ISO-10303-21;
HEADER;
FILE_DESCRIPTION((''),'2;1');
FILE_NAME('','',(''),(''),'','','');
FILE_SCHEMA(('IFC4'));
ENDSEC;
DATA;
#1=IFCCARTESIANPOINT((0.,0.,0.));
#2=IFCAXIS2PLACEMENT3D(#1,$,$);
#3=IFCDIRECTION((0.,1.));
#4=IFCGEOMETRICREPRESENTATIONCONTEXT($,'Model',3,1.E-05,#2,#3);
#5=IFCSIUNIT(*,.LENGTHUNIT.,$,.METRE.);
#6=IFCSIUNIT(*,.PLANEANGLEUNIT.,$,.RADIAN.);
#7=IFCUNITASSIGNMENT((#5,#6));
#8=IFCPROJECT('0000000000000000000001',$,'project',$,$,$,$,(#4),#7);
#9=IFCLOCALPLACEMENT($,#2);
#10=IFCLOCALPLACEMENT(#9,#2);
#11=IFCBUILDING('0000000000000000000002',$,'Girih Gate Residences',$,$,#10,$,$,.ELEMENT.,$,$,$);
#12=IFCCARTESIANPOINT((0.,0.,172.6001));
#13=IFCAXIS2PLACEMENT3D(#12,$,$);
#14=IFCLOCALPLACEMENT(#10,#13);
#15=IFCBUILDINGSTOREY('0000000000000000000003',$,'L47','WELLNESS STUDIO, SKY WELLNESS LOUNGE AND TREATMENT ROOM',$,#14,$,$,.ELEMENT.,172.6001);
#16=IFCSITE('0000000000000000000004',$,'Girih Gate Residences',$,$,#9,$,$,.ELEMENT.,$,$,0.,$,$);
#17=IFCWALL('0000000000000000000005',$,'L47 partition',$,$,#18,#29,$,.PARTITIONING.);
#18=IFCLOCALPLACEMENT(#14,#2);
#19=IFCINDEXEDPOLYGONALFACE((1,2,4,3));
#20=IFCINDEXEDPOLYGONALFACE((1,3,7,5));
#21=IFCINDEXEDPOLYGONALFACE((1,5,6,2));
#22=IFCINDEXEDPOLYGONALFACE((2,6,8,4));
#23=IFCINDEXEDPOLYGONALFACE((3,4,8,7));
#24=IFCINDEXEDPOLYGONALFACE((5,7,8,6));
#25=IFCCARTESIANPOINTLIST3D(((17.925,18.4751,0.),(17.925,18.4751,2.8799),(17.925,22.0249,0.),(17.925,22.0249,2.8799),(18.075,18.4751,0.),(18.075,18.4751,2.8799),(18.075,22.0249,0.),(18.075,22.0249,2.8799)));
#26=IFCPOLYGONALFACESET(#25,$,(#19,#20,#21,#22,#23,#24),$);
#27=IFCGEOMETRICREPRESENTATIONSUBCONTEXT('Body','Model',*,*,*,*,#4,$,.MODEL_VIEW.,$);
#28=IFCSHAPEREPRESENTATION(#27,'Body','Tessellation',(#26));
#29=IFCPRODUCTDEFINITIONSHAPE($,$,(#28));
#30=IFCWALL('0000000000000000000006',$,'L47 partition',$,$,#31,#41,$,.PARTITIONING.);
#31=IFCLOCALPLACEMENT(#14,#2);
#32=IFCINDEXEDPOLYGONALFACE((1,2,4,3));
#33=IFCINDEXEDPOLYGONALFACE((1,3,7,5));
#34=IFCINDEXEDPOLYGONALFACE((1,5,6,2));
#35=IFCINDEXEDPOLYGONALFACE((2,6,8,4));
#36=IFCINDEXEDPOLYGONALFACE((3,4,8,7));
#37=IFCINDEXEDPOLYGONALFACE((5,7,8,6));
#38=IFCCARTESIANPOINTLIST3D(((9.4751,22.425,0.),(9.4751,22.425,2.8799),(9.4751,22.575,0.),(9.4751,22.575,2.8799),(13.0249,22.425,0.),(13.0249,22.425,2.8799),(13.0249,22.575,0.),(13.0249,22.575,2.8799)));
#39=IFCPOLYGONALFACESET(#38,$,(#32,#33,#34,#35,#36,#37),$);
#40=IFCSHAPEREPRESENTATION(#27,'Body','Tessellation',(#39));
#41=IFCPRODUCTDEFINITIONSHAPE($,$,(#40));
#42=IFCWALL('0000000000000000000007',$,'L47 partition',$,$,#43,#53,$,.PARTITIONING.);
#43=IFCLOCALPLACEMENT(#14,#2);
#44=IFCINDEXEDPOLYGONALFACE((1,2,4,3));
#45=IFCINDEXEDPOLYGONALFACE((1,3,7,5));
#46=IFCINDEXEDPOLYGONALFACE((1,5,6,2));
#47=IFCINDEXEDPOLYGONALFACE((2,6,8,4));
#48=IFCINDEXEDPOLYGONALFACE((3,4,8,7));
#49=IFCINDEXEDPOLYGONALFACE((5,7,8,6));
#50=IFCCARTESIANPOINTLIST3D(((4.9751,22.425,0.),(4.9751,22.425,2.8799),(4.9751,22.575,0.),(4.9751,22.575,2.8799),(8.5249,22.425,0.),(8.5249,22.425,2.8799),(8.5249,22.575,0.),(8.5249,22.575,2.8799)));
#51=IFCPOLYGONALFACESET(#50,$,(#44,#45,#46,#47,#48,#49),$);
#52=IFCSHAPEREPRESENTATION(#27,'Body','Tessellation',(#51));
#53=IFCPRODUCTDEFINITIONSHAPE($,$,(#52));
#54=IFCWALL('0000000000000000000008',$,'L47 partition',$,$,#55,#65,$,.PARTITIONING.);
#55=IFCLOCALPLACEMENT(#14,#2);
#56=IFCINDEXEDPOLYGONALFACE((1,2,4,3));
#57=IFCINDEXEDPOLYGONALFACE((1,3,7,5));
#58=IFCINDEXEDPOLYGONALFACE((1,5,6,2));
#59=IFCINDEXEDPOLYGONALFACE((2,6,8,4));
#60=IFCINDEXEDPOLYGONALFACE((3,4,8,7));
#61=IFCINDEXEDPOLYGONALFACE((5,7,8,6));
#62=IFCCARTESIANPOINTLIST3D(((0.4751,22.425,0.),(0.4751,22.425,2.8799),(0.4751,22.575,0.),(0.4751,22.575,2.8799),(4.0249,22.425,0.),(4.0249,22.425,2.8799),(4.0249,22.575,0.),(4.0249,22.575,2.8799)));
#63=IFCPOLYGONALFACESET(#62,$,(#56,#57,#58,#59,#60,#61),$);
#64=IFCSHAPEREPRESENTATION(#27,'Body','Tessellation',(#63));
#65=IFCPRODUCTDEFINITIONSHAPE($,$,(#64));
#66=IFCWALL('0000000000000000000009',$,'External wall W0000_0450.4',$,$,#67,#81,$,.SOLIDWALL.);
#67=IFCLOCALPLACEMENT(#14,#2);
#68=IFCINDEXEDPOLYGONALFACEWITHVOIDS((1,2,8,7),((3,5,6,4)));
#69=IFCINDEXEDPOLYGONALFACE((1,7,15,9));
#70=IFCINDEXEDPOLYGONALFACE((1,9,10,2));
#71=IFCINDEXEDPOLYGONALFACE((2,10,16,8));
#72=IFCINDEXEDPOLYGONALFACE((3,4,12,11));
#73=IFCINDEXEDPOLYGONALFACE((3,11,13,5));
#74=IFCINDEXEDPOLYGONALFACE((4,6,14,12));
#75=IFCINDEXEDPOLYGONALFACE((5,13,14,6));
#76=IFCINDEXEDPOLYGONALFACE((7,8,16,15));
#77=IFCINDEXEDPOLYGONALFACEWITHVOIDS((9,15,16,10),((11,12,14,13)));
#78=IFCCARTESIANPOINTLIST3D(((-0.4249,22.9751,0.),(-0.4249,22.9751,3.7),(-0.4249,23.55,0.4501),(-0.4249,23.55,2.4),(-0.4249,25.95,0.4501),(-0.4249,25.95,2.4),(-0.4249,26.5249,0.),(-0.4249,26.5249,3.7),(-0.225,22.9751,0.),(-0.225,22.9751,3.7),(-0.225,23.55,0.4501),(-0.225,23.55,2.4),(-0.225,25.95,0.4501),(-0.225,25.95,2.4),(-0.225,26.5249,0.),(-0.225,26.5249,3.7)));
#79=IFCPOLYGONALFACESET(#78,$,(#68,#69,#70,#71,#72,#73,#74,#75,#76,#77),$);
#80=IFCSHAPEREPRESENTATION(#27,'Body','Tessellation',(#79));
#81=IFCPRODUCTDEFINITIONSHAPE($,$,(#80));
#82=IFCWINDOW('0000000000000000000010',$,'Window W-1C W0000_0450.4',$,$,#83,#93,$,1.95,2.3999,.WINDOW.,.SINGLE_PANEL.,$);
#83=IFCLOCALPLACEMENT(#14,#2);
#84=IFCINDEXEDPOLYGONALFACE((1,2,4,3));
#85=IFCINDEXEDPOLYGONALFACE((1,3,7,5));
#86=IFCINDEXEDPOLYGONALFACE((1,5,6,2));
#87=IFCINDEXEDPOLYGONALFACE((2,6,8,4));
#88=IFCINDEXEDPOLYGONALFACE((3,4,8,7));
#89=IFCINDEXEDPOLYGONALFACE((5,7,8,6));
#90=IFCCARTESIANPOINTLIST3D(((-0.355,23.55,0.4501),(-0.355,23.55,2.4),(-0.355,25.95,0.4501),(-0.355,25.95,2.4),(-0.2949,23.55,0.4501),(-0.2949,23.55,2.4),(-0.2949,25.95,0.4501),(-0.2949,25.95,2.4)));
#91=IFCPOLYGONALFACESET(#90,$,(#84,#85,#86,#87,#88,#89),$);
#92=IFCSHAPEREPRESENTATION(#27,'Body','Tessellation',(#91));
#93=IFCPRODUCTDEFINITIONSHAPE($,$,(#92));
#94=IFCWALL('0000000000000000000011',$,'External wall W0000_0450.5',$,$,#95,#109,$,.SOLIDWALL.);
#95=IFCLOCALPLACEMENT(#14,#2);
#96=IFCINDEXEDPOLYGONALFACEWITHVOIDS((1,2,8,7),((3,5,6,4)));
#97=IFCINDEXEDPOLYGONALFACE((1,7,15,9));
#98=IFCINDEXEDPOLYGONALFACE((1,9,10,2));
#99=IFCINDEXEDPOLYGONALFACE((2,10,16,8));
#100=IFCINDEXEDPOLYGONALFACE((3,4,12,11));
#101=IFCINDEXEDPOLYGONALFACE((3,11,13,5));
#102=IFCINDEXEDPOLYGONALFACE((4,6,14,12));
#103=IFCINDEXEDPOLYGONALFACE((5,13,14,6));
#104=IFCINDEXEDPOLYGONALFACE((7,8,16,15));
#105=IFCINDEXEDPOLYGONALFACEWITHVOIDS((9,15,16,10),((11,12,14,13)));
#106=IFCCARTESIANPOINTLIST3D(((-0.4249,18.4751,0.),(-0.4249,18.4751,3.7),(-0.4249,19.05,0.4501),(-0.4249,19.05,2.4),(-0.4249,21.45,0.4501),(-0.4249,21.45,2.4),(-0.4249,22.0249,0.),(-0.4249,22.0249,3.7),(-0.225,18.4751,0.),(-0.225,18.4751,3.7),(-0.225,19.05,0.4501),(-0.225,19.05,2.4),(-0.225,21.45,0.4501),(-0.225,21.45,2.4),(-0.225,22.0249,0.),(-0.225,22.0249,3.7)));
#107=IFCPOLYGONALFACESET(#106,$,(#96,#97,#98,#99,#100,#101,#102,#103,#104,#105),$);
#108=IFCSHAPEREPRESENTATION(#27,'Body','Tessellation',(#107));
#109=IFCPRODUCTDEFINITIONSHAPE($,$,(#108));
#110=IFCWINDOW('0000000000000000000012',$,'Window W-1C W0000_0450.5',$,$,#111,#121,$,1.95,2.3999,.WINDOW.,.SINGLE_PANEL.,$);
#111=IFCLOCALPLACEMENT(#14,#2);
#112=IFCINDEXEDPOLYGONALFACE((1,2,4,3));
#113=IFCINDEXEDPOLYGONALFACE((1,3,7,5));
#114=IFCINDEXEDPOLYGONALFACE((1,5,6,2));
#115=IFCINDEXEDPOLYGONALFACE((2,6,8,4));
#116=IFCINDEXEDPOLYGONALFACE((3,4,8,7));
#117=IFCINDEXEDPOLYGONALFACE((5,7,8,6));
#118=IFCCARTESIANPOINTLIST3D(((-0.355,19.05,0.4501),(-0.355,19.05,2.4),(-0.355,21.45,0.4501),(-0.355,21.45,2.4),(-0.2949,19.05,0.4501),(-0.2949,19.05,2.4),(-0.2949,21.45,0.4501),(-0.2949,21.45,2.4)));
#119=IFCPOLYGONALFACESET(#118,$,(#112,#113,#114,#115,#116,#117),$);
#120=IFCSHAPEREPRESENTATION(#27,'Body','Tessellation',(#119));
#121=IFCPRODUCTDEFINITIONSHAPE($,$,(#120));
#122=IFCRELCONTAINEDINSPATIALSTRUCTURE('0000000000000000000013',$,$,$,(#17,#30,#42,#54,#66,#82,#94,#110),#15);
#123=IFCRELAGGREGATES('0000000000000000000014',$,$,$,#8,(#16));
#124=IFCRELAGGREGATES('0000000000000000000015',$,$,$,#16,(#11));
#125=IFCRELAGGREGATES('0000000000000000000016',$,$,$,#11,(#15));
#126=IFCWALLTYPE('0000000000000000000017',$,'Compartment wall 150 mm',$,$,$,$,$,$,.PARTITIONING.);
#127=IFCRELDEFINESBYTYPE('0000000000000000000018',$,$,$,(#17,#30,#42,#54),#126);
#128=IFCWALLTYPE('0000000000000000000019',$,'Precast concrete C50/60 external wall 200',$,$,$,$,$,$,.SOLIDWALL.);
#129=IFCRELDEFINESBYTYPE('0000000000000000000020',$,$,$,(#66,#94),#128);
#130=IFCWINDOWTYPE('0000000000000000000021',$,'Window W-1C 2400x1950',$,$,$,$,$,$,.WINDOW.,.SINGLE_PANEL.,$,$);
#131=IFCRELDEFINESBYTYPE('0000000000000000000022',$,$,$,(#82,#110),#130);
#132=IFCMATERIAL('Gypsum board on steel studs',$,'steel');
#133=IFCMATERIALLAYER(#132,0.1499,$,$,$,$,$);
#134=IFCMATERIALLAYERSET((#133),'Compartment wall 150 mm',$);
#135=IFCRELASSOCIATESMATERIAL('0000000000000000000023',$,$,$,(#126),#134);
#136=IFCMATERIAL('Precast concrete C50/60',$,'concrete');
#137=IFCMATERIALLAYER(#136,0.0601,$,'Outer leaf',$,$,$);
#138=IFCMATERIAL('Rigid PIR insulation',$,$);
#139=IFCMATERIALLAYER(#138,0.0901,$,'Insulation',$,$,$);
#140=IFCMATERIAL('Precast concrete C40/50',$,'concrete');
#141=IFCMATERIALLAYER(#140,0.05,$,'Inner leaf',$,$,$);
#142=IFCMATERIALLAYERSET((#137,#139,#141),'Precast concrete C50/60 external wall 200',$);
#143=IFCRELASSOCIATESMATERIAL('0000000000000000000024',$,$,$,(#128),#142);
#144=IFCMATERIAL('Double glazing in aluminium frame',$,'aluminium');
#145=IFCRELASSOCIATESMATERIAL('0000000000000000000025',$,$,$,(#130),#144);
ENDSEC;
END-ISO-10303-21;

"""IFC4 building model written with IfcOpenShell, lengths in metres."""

from ifc_helpers import new_model, si_unit, direction, frame, frame_2d, origin, place, context, subcontext, project, spatial, rectangle, extrude, material, layer, layer_set, type_object, element, fill, save


model = new_model("IFC4")

# Units and contexts
model_context = context("Model", 3, precision=1e-05, world=origin(), true_north=direction((0.0, 1.0)))
body_context = subcontext(model_context, "Body", "Model", "MODEL_VIEW")
ifc_project = project(units=[si_unit("LENGTHUNIT", "METRE"), si_unit("PLANEANGLEUNIT", "RADIAN")], contexts=[model_context])

# Site, building, storey
site_placement = place(None, origin())
site = spatial("IfcSite", under=ifc_project, at=site_placement, Name="Girih Gate Residences", CompositionType="ELEMENT", RefElevation=0.0)
building_placement = place(site_placement, origin())
building = spatial("IfcBuilding", under=site, at=building_placement, Name="Girih Gate Residences", CompositionType="ELEMENT")
storey_placement = place(building_placement, frame((0.0, 0.0, 172.6001)))
storey = spatial("IfcBuildingStorey", under=building, at=storey_placement, Name="L47", Description="WELLNESS STUDIO, SKY WELLNESS LOUNGE AND TREATMENT ROOM", CompositionType="ELEMENT", Elevation=172.6001)

# Walls
ifc_material_1 = material(Name="Gypsum board on steel studs", Category="steel")
ifc_layer_1 = layer(ifc_material_1, 0.1499)
ifc_layer_set_1 = layer_set([ifc_layer_1], Name="Compartment wall 150 mm")
wall_type_1 = type_object("IfcWallType", Name="Compartment wall 150 mm", PredefinedType="PARTITIONING", material=ifc_layer_set_1)
for number, where, z_axis, x_axis, name in (
    (1, (18.0, 18.4751, 0.0), (0.0, 0.0, 1.0), (0.0, 1.0, 0.0), "L47 partition"),
    (2, (9.4751, 22.5, 0.0), (0.0, 0.0, 1.0), (1.0, 0.0, 0.0), "L47 partition"),
    (3, (4.9751, 22.5, 0.0), (0.0, 0.0, 1.0), (1.0, 0.0, 0.0), "L47 partition"),
    (4, (0.4751, 22.5, 0.0), (0.0, 0.0, 1.0), (1.0, 0.0, 0.0), "L47 partition"),
):
    element("IfcWall", number, at=place(storey_placement, frame(where, z_axis=z_axis, x_axis=x_axis)), inside=storey, type_object=wall_type_1, Name=name, PredefinedType="PARTITIONING", context=body_context, shape_type="SweptSolid", body=[
        extrude(rectangle(XDim=3.5498, YDim=0.1499, at=frame_2d((1.7749, 0.0))), origin(), (0.0, 0.0, 1.0), 2.8799),
    ])

# Walls, openings, windows
ifc_material_2 = material(Name="Precast concrete C50/60", Category="concrete")
ifc_layer_2 = layer(ifc_material_2, 0.0601, Name="Outer leaf")
ifc_material_3 = material(Name="Rigid PIR insulation")
ifc_layer_3 = layer(ifc_material_3, 0.0901, Name="Insulation")
ifc_material_4 = material(Name="Precast concrete C40/50", Category="concrete")
ifc_layer_4 = layer(ifc_material_4, 0.05, Name="Inner leaf")
ifc_layer_set_2 = layer_set([ifc_layer_2, ifc_layer_3, ifc_layer_4], Name="Precast concrete C50/60 external wall 200")
wall_type_2 = type_object("IfcWallType", Name="Precast concrete C50/60 external wall 200", PredefinedType="SOLIDWALL", material=ifc_layer_set_2)
wall_1_placement = place(storey_placement, frame((-0.325, 22.9751, 0.0), z_axis=(0.0, 0.0, 1.0), x_axis=(0.0, 1.0, 0.0)))
wall_1 = element("IfcWall", 5, at=wall_1_placement, inside=storey, type_object=wall_type_2, Name="External wall W0000_0450.4", PredefinedType="SOLIDWALL", context=body_context, shape_type="SweptSolid", body=[
    extrude(rectangle(XDim=3.5498, YDim=0.2, at=frame_2d((1.7749, 0.0))), origin(), (0.0, 0.0, 1.0), 3.7),
])
opening_1_placement = place(wall_1_placement, frame((0.575, 0.0, 0.45)))
opening_1 = element("IfcOpeningElement", 6, at=opening_1_placement, cuts=wall_1, PredefinedType="OPENING", context=body_context, shape_type="SweptSolid", body=[
    extrude(rectangle(XDim=2.3999, YDim=1.95, at=frame_2d((1.2, 0.9751))), frame((0.0, 0.1099, 0.0), z_axis=(0.0, -1.0, 0.0), x_axis=(1.0, 0.0, 0.0)), (0.0, 0.0, 1.0), 0.22),
])
ifc_material_5 = material(Name="Double glazing in aluminium frame", Category="aluminium")
window_type = type_object("IfcWindowType", Name="Window W-1C 2400x1950", PartitioningType="SINGLE_PANEL", PredefinedType="WINDOW", material=ifc_material_5)
window_1_placement = place(opening_1_placement, origin())
window_1 = element("IfcWindow", 7, at=window_1_placement, inside=storey, type_object=window_type, Name="Window W-1C W0000_0450.4", OverallHeight=1.95, OverallWidth=2.3999, PartitioningType="SINGLE_PANEL", PredefinedType="WINDOW", context=body_context, shape_type="SweptSolid", body=[
    extrude(rectangle(XDim=2.3999, YDim=1.95, at=frame_2d((1.2, 0.9751))), frame((0.0, 0.03, 0.0), z_axis=(0.0, -1.0, 0.0), x_axis=(1.0, 0.0, 0.0)), (0.0, 0.0, 1.0), 0.0601),
])
fill(opening_1, window_1)
wall_2_placement = place(storey_placement, frame((-0.325, 18.4751, 0.0), z_axis=(0.0, 0.0, 1.0), x_axis=(0.0, 1.0, 0.0)))
wall_2 = element("IfcWall", 8, at=wall_2_placement, inside=storey, type_object=wall_type_2, Name="External wall W0000_0450.5", PredefinedType="SOLIDWALL", context=body_context, shape_type="SweptSolid", body=[
    extrude(rectangle(XDim=3.5498, YDim=0.2, at=frame_2d((1.7749, 0.0))), origin(), (0.0, 0.0, 1.0), 3.7),
])
opening_2_placement = place(wall_2_placement, frame((0.575, 0.0, 0.45)))
opening_2 = element("IfcOpeningElement", 9, at=opening_2_placement, cuts=wall_2, PredefinedType="OPENING", context=body_context, shape_type="SweptSolid", body=[
    extrude(rectangle(XDim=2.3999, YDim=1.95, at=frame_2d((1.2, 0.9751))), frame((0.0, 0.1099, 0.0), z_axis=(0.0, -1.0, 0.0), x_axis=(1.0, 0.0, 0.0)), (0.0, 0.0, 1.0), 0.22),
])
window_2_placement = place(opening_2_placement, origin())
window_2 = element("IfcWindow", 10, at=window_2_placement, inside=storey, type_object=window_type, Name="Window W-1C W0000_0450.5", OverallHeight=1.95, OverallWidth=2.3999, PartitioningType="SINGLE_PANEL", PredefinedType="WINDOW", context=body_context, shape_type="SweptSolid", body=[
    extrude(rectangle(XDim=2.3999, YDim=1.95, at=frame_2d((1.2, 0.9751))), frame((0.0, 0.03, 0.0), z_axis=(0.0, -1.0, 0.0), x_axis=(1.0, 0.0, 0.0)), (0.0, 0.0, 1.0), 0.0601),
])
fill(opening_2, window_2)

save(model, "model.ifc")
